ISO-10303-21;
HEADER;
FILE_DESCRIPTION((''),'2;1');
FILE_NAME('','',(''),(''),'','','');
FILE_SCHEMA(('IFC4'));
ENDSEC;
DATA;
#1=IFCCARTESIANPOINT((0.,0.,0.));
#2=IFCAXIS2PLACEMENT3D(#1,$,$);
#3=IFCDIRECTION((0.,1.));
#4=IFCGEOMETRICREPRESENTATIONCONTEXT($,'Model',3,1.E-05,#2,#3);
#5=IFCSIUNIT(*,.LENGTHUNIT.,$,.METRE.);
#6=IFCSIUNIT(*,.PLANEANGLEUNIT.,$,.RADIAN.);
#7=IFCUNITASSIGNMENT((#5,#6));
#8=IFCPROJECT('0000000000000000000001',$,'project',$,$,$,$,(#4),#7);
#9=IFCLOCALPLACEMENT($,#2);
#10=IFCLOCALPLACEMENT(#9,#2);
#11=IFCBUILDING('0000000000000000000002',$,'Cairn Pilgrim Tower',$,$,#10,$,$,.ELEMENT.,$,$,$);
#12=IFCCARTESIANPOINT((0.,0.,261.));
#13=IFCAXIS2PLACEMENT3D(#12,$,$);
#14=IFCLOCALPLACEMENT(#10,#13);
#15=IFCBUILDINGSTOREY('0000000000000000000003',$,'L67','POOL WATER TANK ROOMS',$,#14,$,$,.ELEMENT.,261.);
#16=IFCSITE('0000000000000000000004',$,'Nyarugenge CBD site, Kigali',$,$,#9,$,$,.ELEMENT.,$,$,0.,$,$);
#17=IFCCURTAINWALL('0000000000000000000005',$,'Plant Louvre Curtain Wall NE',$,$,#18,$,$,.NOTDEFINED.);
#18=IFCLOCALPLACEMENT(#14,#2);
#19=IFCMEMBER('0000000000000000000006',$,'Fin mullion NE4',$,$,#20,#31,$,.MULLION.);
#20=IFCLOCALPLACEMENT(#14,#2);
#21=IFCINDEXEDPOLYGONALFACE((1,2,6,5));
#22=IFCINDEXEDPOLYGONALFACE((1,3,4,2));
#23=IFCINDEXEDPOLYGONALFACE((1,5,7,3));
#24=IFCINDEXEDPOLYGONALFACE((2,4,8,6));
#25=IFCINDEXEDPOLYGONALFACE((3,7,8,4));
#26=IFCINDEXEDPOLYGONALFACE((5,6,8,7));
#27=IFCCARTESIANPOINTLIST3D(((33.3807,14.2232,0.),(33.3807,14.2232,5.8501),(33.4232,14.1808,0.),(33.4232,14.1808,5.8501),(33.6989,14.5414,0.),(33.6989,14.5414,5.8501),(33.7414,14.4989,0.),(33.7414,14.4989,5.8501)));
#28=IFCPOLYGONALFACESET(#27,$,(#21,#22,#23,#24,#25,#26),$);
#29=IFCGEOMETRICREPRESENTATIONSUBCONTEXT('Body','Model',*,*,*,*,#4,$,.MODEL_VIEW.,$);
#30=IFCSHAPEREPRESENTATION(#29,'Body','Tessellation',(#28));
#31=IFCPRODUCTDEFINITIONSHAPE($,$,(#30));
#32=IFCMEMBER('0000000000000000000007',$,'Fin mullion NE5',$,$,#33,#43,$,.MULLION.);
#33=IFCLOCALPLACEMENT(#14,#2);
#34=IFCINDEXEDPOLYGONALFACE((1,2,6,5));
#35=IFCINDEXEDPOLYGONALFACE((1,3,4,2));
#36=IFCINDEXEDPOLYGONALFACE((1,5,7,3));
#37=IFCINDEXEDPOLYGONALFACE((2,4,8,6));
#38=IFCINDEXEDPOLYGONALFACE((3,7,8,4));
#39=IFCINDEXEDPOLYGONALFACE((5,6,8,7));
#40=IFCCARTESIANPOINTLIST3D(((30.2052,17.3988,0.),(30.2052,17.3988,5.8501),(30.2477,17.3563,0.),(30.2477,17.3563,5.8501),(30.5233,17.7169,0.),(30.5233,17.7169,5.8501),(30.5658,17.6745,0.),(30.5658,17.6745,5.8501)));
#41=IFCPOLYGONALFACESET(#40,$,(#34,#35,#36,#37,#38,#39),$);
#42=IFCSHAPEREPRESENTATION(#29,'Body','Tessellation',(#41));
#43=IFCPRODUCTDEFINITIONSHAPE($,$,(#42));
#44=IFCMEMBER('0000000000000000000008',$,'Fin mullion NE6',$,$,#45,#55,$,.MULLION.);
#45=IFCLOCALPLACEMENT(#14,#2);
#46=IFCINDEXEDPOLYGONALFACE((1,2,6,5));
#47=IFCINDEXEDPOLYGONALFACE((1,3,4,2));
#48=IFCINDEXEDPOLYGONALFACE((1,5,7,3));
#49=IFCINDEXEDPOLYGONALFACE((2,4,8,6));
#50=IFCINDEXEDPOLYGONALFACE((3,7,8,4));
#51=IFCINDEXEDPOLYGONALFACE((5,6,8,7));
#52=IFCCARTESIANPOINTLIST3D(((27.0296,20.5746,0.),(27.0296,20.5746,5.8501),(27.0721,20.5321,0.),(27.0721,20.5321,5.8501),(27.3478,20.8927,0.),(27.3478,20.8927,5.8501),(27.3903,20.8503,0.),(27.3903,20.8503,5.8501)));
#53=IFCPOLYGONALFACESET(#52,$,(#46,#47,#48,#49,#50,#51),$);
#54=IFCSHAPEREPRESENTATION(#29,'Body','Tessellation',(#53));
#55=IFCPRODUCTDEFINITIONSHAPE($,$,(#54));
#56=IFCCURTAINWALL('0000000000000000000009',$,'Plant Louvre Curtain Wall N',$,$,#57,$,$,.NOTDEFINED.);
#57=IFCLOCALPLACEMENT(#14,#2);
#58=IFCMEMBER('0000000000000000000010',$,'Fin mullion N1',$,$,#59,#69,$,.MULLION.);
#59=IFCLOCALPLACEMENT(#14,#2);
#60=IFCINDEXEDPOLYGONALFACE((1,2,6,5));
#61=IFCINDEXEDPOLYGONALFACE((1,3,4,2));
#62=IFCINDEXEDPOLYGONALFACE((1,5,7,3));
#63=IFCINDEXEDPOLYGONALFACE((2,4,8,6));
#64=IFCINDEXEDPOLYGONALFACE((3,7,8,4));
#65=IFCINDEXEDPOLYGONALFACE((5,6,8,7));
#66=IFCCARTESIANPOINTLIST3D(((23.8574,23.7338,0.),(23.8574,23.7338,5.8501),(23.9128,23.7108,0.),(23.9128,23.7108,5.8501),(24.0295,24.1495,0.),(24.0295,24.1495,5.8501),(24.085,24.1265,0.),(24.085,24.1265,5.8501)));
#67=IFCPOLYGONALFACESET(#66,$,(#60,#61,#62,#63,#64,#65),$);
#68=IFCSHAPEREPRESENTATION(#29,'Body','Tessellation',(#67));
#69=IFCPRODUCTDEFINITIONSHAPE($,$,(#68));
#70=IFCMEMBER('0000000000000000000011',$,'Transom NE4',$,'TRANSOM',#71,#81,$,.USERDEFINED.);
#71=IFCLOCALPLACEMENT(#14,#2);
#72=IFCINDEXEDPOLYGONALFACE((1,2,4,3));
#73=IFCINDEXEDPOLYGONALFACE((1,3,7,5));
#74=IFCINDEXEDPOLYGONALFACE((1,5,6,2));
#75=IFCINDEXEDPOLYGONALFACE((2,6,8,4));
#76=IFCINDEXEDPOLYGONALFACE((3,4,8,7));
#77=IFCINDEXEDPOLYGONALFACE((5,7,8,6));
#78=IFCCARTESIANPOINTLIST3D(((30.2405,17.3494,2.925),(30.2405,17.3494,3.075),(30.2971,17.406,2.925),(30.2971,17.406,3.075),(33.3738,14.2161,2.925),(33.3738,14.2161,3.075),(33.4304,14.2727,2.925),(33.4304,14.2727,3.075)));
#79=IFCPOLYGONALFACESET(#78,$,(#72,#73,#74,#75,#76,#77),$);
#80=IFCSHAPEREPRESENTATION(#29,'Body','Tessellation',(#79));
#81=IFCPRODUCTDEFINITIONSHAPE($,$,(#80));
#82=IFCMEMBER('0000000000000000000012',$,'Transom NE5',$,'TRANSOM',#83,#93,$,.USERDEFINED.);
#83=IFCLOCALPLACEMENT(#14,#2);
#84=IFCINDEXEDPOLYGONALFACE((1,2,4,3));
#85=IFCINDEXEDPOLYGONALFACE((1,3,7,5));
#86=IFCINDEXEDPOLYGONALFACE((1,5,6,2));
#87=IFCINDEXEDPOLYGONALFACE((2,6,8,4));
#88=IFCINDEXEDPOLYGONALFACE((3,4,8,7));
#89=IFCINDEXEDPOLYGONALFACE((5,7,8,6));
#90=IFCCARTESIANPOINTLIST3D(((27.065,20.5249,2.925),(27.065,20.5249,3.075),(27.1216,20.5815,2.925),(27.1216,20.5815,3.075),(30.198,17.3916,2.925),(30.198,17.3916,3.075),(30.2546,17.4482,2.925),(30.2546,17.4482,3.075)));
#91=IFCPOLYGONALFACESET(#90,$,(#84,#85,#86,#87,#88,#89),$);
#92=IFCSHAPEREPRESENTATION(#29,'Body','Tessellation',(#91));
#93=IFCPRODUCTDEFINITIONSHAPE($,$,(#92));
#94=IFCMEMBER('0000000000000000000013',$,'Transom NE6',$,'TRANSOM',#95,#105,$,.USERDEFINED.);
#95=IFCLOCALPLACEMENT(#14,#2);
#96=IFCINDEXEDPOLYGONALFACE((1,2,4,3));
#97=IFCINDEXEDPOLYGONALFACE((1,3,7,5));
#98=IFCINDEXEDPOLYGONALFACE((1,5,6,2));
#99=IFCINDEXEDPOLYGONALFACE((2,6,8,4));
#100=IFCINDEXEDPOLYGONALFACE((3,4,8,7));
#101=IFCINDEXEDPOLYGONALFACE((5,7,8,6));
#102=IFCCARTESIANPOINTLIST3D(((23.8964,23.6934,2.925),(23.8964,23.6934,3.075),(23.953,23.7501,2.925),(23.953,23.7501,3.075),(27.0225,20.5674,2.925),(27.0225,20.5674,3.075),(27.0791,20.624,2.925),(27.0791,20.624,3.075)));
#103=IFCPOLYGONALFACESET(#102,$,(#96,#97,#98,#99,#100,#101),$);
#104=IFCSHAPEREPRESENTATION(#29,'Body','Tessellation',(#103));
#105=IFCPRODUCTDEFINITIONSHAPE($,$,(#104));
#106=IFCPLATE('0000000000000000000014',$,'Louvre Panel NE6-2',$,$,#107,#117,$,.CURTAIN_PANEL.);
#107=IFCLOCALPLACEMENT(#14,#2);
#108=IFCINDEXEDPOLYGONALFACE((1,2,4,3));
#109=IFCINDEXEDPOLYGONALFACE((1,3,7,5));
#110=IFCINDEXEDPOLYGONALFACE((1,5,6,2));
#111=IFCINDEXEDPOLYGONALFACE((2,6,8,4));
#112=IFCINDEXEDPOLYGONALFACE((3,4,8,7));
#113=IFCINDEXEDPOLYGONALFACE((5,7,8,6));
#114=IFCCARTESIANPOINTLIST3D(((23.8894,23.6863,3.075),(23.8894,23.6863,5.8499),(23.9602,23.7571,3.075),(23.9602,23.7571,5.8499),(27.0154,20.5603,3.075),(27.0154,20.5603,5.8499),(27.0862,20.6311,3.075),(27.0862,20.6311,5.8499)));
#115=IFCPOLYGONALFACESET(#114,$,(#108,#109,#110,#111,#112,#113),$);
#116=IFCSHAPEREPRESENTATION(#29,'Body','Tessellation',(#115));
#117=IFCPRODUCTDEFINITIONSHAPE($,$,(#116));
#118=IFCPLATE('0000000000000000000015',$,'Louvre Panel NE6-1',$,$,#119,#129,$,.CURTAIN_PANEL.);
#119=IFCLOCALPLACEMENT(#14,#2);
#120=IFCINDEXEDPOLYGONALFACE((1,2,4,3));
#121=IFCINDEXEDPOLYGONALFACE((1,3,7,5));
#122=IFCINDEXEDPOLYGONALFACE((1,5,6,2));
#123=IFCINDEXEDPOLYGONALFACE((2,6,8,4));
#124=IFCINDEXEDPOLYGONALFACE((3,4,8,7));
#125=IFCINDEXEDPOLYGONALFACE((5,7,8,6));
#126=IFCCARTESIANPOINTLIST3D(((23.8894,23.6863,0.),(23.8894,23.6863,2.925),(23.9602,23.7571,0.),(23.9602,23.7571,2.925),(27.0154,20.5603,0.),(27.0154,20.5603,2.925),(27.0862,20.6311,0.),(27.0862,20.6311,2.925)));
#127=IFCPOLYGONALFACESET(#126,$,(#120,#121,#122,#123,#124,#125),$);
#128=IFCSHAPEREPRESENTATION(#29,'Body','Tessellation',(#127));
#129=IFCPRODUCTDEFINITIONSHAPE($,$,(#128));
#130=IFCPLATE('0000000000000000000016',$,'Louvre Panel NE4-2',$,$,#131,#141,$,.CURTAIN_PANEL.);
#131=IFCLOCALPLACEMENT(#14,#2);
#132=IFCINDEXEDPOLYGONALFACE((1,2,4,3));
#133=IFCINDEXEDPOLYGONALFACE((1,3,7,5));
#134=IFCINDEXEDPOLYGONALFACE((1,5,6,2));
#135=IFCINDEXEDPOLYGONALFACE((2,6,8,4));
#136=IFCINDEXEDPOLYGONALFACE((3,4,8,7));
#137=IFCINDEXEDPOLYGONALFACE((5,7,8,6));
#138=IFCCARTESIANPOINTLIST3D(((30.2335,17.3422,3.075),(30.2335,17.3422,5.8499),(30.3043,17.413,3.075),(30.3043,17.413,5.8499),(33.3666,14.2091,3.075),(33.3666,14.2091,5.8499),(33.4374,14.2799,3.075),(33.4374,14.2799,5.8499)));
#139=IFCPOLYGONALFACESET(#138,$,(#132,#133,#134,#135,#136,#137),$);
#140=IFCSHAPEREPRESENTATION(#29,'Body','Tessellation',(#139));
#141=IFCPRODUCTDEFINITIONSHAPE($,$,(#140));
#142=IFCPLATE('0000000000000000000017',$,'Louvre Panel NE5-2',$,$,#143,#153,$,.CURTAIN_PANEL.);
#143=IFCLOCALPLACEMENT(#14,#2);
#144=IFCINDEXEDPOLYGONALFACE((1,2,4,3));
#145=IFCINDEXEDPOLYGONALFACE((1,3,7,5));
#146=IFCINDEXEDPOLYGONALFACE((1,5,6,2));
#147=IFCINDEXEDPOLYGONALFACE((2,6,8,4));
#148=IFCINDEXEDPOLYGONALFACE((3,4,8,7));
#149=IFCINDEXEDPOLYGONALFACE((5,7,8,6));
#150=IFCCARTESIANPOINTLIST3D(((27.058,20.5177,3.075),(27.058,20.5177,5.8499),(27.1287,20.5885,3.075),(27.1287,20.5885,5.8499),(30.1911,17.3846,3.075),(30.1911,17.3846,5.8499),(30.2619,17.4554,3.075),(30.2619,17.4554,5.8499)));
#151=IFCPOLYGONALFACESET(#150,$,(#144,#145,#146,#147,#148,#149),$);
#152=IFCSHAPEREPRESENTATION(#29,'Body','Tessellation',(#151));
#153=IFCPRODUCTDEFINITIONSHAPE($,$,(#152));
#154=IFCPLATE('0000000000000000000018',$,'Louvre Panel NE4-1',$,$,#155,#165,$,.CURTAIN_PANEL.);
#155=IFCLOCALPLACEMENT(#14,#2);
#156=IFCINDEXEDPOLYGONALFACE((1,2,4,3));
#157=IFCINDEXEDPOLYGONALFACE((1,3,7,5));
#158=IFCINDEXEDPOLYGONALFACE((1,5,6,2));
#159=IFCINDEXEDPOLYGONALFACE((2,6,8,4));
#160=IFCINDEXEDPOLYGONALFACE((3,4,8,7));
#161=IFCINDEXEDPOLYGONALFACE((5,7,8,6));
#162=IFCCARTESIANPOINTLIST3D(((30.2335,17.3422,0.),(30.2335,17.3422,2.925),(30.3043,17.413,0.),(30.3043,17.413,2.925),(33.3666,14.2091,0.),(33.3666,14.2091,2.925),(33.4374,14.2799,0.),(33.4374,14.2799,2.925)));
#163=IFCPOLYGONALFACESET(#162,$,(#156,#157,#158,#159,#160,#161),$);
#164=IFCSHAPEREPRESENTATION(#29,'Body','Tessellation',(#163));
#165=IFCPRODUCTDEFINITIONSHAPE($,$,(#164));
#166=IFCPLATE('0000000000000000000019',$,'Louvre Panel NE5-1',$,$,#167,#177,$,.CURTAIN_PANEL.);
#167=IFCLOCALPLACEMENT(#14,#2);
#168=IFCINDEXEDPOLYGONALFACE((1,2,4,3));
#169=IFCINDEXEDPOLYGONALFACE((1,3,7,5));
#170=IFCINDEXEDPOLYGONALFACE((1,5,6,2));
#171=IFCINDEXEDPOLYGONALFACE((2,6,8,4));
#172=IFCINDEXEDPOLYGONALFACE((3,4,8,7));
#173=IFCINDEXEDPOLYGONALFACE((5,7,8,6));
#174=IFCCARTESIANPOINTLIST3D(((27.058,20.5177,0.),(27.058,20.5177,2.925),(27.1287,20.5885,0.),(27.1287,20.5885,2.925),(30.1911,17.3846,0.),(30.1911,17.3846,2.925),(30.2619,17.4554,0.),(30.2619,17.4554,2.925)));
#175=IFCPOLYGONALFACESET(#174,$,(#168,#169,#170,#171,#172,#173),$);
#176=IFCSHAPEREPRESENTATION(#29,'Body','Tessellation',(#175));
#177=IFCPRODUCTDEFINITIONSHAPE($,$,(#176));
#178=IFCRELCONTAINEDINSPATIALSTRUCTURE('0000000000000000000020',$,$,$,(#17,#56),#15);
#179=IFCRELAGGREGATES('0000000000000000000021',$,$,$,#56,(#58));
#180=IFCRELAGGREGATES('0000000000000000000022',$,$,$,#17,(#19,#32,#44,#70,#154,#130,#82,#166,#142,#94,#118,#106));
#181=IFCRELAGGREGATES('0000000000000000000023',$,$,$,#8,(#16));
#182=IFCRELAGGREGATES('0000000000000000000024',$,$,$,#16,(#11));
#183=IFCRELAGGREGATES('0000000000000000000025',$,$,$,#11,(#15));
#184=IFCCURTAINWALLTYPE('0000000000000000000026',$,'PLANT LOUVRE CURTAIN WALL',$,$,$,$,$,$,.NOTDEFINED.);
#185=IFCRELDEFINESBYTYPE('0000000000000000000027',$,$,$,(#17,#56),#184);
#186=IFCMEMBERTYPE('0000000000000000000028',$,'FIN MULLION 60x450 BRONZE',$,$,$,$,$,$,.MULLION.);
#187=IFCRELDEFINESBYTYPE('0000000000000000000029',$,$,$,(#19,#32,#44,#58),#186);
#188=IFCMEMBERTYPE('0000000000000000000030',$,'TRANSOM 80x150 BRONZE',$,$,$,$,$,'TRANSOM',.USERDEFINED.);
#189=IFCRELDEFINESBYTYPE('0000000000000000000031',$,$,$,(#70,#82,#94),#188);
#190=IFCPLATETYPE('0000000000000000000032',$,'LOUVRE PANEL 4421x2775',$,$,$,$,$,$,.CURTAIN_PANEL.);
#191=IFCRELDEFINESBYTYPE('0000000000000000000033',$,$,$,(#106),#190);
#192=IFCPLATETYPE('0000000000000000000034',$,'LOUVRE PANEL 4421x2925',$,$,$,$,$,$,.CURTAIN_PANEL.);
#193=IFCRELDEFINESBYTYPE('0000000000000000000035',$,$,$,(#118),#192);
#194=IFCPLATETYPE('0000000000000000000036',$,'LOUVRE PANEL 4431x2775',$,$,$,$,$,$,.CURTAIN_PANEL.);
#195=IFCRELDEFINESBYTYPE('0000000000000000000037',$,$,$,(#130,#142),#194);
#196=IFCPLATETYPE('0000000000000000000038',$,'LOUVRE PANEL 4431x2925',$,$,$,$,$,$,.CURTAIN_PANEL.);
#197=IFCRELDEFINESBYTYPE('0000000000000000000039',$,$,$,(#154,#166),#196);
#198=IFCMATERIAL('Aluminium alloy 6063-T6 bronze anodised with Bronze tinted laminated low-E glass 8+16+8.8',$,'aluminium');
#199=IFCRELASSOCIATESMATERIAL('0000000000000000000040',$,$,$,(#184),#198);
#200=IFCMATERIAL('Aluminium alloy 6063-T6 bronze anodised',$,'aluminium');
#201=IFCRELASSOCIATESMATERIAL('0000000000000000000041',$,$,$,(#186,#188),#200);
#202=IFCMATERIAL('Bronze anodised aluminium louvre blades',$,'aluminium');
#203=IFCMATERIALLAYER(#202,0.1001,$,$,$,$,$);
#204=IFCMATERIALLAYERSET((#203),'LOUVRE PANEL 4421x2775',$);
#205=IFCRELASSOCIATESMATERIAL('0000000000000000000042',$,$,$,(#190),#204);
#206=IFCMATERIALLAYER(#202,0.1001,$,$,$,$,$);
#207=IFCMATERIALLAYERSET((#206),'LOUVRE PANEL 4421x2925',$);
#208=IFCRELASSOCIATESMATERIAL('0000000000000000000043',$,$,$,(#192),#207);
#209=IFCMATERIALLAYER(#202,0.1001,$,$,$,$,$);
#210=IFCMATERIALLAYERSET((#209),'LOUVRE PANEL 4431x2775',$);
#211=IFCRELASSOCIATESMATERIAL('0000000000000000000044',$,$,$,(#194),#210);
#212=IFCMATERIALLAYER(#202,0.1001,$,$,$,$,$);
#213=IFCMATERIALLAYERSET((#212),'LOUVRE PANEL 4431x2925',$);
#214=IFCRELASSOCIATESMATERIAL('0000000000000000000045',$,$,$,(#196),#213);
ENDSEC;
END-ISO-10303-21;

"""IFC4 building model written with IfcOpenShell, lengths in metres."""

from ifc_helpers import new_model, si_unit, direction, frame, origin, origin_2d, place, context, subcontext, project, spatial, rectangle, extrude, material, layer, layer_set, material_profile, profile_set, type_object, element, aggregate, save


model = new_model("IFC4")

# Units and contexts
model_context = context("Model", 3, precision=1e-05, world=origin(), true_north=direction((0.0, 1.0)))
body_context = subcontext(model_context, "Body", "Model", "MODEL_VIEW")
ifc_project = project(units=[si_unit("LENGTHUNIT", "METRE"), si_unit("PLANEANGLEUNIT", "RADIAN")], contexts=[model_context])

# Site, building, storey
site_placement = place(None, origin())
site = spatial("IfcSite", under=ifc_project, at=site_placement, Name="Nyarugenge CBD site, Kigali", CompositionType="ELEMENT", RefElevation=0.0)
building_placement = place(site_placement, origin())
building = spatial("IfcBuilding", under=site, at=building_placement, Name="Cairn Pilgrim Tower", CompositionType="ELEMENT")
storey_placement = place(building_placement, frame((0.0, 0.0, 261.0)))
storey = spatial("IfcBuildingStorey", under=building, at=storey_placement, Name="L67", Description="POOL WATER TANK ROOMS", CompositionType="ELEMENT", Elevation=261.0)

# Curtain wall, members
ifc_material_1 = material(Name="Aluminium alloy 6063-T6 bronze anodised with Bronze tinted laminated low-E glass 8+16+8.8", Category="aluminium")
curtain_wall_type = type_object("IfcCurtainWallType", Name="PLANT LOUVRE CURTAIN WALL", PredefinedType="NOTDEFINED", material=ifc_material_1)
curtain_wall_1_placement = place(storey_placement, origin())
curtain_wall_1 = element("IfcCurtainWall", 1, at=curtain_wall_1_placement, inside=storey, type_object=curtain_wall_type, Name="Plant Louvre Curtain Wall NE", PredefinedType="NOTDEFINED")
ifc_material_2 = material(Name="Aluminium alloy 6063-T6 bronze anodised", Category="aluminium")
ifc_material_profile_1 = material_profile(ifc_material_2, rectangle(XDim=0.45, YDim=0.0601, at=origin_2d()), Name="FIN MULLION 60x450 BRONZE")
ifc_profile_set_1 = profile_set([ifc_material_profile_1], Name="Aluminium alloy 6063-T6 bronze anodised")
member_type_1 = type_object("IfcMemberType", Name="FIN MULLION 60x450 BRONZE", PredefinedType="MULLION", material=ifc_profile_set_1)
member_1_placement = place(storey_placement, frame((33.561, 14.3611, 0.0), z_axis=(0.0, 0.0, 1.0), x_axis=(0.707107, 0.707107, 0.0)))
member_1 = element("IfcMember", 2, at=member_1_placement, type_object=member_type_1, Name="Fin mullion NE4", PredefinedType="MULLION", context=body_context, shape_type="SweptSolid", body=[
    extrude(rectangle(XDim=0.45, YDim=0.0601, at=origin_2d()), origin(), (0.0, 0.0, 1.0), 5.8501),
])
member_2_placement = place(storey_placement, frame((30.3855, 17.5366, 0.0), z_axis=(0.0, 0.0, 1.0), x_axis=(0.707107, 0.707107, 0.0)))
member_2 = element("IfcMember", 3, at=member_2_placement, type_object=member_type_1, Name="Fin mullion NE5", PredefinedType="MULLION", context=body_context, shape_type="SweptSolid", body=[
    extrude(rectangle(XDim=0.45, YDim=0.0601, at=origin_2d()), origin(), (0.0, 0.0, 1.0), 5.8501),
])
member_3_placement = place(storey_placement, frame((27.21, 20.7124, 0.0), z_axis=(0.0, 0.0, 1.0), x_axis=(0.707107, 0.707107, 0.0)))
member_3 = element("IfcMember", 4, at=member_3_placement, type_object=member_type_1, Name="Fin mullion NE6", PredefinedType="MULLION", context=body_context, shape_type="SweptSolid", body=[
    extrude(rectangle(XDim=0.45, YDim=0.0601, at=origin_2d()), origin(), (0.0, 0.0, 1.0), 5.8501),
])

# Curtain wall, member
curtain_wall_2_placement = place(storey_placement, origin())
curtain_wall_2 = element("IfcCurtainWall", 5, at=curtain_wall_2_placement, inside=storey, type_object=curtain_wall_type, Name="Plant Louvre Curtain Wall N", PredefinedType="NOTDEFINED")
member_4_placement = place(storey_placement, frame((23.9712, 23.9302, 0.0), z_axis=(0.0, 0.0, 1.0), x_axis=(0.382683, 0.92388, 0.0)))
member_4 = element("IfcMember", 6, at=member_4_placement, type_object=member_type_1, Name="Fin mullion N1", PredefinedType="MULLION", context=body_context, shape_type="SweptSolid", body=[
    extrude(rectangle(XDim=0.45, YDim=0.0601, at=origin_2d()), origin(), (0.0, 0.0, 1.0), 5.8501),
])
aggregate(curtain_wall_2, [member_4])

# Members
ifc_material_profile_2 = material_profile(ifc_material_2, rectangle(XDim=0.0801, YDim=0.1499, at=origin_2d()), Name="TRANSOM 80x150 BRONZE")
ifc_profile_set_2 = profile_set([ifc_material_profile_2], Name="Aluminium alloy 6063-T6 bronze anodised")
member_type_2 = type_object("IfcMemberType", Name="TRANSOM 80x150 BRONZE", ElementType="TRANSOM", PredefinedType="USERDEFINED", material=ifc_profile_set_2)
member_5_placement = place(storey_placement, frame((33.4021, 14.2444, 3.0), z_axis=(-0.707107, 0.707107, 0.0), x_axis=(-0.707107, -0.707107, 0.0)))
member_5 = element("IfcMember", 7, at=member_5_placement, type_object=member_type_2, Name="Transom NE4", ObjectType="TRANSOM", PredefinedType="USERDEFINED", context=body_context, shape_type="SweptSolid", body=[
    extrude(rectangle(XDim=0.0801, YDim=0.1499, at=origin_2d()), origin(), (0.0, 0.0, 1.0), 4.4312),
])
member_6_placement = place(storey_placement, frame((30.2263, 17.4199, 3.0), z_axis=(-0.707079, 0.707134, 0.0), x_axis=(-0.707134, -0.707079, 0.0)))
member_6 = element("IfcMember", 8, at=member_6_placement, type_object=member_type_2, Name="Transom NE5", ObjectType="TRANSOM", PredefinedType="USERDEFINED", context=body_context, shape_type="SweptSolid", body=[
    extrude(rectangle(XDim=0.0801, YDim=0.1499, at=origin_2d()), origin(), (0.0, 0.0, 1.0), 4.4309),
])
member_7_placement = place(storey_placement, frame((27.0508, 20.5957, 3.0), z_axis=(-0.707107, 0.707107, 0.0), x_axis=(-0.707107, -0.707107, 0.0)))
member_7 = element("IfcMember", 9, at=member_7_placement, type_object=member_type_2, Name="Transom NE6", ObjectType="TRANSOM", PredefinedType="USERDEFINED", context=body_context, shape_type="SweptSolid", body=[
    extrude(rectangle(XDim=0.0801, YDim=0.1499, at=origin_2d()), origin(), (0.0, 0.0, 1.0), 4.4209),
])

# Plates
ifc_material_3 = material(Name="Bronze anodised aluminium louvre blades", Category="aluminium")
ifc_layer_1 = layer(ifc_material_3, 0.1001)
ifc_layer_set_1 = layer_set([ifc_layer_1], Name="LOUVRE PANEL 4421x2775")
plate_type_1 = type_object("IfcPlateType", Name="LOUVRE PANEL 4421x2775", PredefinedType="CURTAIN_PANEL", material=ifc_layer_set_1)
plate_1_placement = place(storey_placement, frame((25.4878, 22.1587, 3.075), z_axis=(0.0, 0.0, 1.0), x_axis=(-0.707107, 0.707107, 0.0)))
plate_1 = element("IfcPlate", 10, at=plate_1_placement, type_object=plate_type_1, Name="Louvre Panel NE6-2", PredefinedType="CURTAIN_PANEL", context=body_context, shape_type="SweptSolid", body=[
    extrude(rectangle(XDim=4.4209, YDim=0.1001, at=origin_2d()), origin(), (0.0, 0.0, 1.0), 2.7749),
])
ifc_layer_2 = layer(ifc_material_3, 0.1001)
ifc_layer_set_2 = layer_set([ifc_layer_2], Name="LOUVRE PANEL 4421x2925")
plate_type_2 = type_object("IfcPlateType", Name="LOUVRE PANEL 4421x2925", PredefinedType="CURTAIN_PANEL", material=ifc_layer_set_2)
plate_2_placement = place(storey_placement, frame((25.4878, 22.1587, 0.0), z_axis=(0.0, 0.0, 1.0), x_axis=(-0.707107, 0.707107, 0.0)))
plate_2 = element("IfcPlate", 11, at=plate_2_placement, type_object=plate_type_2, Name="Louvre Panel NE6-1", PredefinedType="CURTAIN_PANEL", context=body_context, shape_type="SweptSolid", body=[
    extrude(rectangle(XDim=4.4209, YDim=0.1001, at=origin_2d()), origin(), (0.0, 0.0, 1.0), 2.925),
])
ifc_layer_3 = layer(ifc_material_3, 0.1001)
ifc_layer_set_3 = layer_set([ifc_layer_3], Name="LOUVRE PANEL 4431x2775")
plate_type_3 = type_object("IfcPlateType", Name="LOUVRE PANEL 4431x2775", PredefinedType="CURTAIN_PANEL", material=ifc_layer_set_3)
plate_3_placement = place(storey_placement, frame((31.8354, 15.811, 3.075), z_axis=(0.0, 0.0, 1.0), x_axis=(-0.707107, 0.707107, 0.0)))
plate_3 = element("IfcPlate", 12, at=plate_3_placement, type_object=plate_type_3, Name="Louvre Panel NE4-2", PredefinedType="CURTAIN_PANEL", context=body_context, shape_type="SweptSolid", body=[
    extrude(rectangle(XDim=4.4309, YDim=0.1001, at=origin_2d()), origin(), (0.0, 0.0, 1.0), 2.7749),
])
plate_4_placement = place(storey_placement, frame((28.6599, 18.9866, 3.075), z_axis=(0.0, 0.0, 1.0), x_axis=(-0.707107, 0.707107, 0.0)))
plate_4 = element("IfcPlate", 13, at=plate_4_placement, type_object=plate_type_3, Name="Louvre Panel NE5-2", PredefinedType="CURTAIN_PANEL", context=body_context, shape_type="SweptSolid", body=[
    extrude(rectangle(XDim=4.4309, YDim=0.1001, at=origin_2d()), origin(), (0.0, 0.0, 1.0), 2.7749),
])
ifc_layer_4 = layer(ifc_material_3, 0.1001)
ifc_layer_set_4 = layer_set([ifc_layer_4], Name="LOUVRE PANEL 4431x2925")
plate_type_4 = type_object("IfcPlateType", Name="LOUVRE PANEL 4431x2925", PredefinedType="CURTAIN_PANEL", material=ifc_layer_set_4)
plate_5_placement = place(storey_placement, frame((31.8354, 15.811, 0.0), z_axis=(0.0, 0.0, 1.0), x_axis=(-0.707107, 0.707107, 0.0)))
plate_5 = element("IfcPlate", 14, at=plate_5_placement, type_object=plate_type_4, Name="Louvre Panel NE4-1", PredefinedType="CURTAIN_PANEL", context=body_context, shape_type="SweptSolid", body=[
    extrude(rectangle(XDim=4.4309, YDim=0.1001, at=origin_2d()), origin(), (0.0, 0.0, 1.0), 2.925),
])
plate_6_placement = place(storey_placement, frame((28.6599, 18.9866, 0.0), z_axis=(0.0, 0.0, 1.0), x_axis=(-0.707107, 0.707107, 0.0)))
plate_6 = element("IfcPlate", 15, at=plate_6_placement, type_object=plate_type_4, Name="Louvre Panel NE5-1", PredefinedType="CURTAIN_PANEL", context=body_context, shape_type="SweptSolid", body=[
    extrude(rectangle(XDim=4.4309, YDim=0.1001, at=origin_2d()), origin(), (0.0, 0.0, 1.0), 2.925),
])
aggregate(curtain_wall_1, [member_1, member_2, member_3, member_5, plate_5, plate_3, member_6, plate_6, plate_4, member_7, plate_2, plate_1])

save(model, "model.ifc")
